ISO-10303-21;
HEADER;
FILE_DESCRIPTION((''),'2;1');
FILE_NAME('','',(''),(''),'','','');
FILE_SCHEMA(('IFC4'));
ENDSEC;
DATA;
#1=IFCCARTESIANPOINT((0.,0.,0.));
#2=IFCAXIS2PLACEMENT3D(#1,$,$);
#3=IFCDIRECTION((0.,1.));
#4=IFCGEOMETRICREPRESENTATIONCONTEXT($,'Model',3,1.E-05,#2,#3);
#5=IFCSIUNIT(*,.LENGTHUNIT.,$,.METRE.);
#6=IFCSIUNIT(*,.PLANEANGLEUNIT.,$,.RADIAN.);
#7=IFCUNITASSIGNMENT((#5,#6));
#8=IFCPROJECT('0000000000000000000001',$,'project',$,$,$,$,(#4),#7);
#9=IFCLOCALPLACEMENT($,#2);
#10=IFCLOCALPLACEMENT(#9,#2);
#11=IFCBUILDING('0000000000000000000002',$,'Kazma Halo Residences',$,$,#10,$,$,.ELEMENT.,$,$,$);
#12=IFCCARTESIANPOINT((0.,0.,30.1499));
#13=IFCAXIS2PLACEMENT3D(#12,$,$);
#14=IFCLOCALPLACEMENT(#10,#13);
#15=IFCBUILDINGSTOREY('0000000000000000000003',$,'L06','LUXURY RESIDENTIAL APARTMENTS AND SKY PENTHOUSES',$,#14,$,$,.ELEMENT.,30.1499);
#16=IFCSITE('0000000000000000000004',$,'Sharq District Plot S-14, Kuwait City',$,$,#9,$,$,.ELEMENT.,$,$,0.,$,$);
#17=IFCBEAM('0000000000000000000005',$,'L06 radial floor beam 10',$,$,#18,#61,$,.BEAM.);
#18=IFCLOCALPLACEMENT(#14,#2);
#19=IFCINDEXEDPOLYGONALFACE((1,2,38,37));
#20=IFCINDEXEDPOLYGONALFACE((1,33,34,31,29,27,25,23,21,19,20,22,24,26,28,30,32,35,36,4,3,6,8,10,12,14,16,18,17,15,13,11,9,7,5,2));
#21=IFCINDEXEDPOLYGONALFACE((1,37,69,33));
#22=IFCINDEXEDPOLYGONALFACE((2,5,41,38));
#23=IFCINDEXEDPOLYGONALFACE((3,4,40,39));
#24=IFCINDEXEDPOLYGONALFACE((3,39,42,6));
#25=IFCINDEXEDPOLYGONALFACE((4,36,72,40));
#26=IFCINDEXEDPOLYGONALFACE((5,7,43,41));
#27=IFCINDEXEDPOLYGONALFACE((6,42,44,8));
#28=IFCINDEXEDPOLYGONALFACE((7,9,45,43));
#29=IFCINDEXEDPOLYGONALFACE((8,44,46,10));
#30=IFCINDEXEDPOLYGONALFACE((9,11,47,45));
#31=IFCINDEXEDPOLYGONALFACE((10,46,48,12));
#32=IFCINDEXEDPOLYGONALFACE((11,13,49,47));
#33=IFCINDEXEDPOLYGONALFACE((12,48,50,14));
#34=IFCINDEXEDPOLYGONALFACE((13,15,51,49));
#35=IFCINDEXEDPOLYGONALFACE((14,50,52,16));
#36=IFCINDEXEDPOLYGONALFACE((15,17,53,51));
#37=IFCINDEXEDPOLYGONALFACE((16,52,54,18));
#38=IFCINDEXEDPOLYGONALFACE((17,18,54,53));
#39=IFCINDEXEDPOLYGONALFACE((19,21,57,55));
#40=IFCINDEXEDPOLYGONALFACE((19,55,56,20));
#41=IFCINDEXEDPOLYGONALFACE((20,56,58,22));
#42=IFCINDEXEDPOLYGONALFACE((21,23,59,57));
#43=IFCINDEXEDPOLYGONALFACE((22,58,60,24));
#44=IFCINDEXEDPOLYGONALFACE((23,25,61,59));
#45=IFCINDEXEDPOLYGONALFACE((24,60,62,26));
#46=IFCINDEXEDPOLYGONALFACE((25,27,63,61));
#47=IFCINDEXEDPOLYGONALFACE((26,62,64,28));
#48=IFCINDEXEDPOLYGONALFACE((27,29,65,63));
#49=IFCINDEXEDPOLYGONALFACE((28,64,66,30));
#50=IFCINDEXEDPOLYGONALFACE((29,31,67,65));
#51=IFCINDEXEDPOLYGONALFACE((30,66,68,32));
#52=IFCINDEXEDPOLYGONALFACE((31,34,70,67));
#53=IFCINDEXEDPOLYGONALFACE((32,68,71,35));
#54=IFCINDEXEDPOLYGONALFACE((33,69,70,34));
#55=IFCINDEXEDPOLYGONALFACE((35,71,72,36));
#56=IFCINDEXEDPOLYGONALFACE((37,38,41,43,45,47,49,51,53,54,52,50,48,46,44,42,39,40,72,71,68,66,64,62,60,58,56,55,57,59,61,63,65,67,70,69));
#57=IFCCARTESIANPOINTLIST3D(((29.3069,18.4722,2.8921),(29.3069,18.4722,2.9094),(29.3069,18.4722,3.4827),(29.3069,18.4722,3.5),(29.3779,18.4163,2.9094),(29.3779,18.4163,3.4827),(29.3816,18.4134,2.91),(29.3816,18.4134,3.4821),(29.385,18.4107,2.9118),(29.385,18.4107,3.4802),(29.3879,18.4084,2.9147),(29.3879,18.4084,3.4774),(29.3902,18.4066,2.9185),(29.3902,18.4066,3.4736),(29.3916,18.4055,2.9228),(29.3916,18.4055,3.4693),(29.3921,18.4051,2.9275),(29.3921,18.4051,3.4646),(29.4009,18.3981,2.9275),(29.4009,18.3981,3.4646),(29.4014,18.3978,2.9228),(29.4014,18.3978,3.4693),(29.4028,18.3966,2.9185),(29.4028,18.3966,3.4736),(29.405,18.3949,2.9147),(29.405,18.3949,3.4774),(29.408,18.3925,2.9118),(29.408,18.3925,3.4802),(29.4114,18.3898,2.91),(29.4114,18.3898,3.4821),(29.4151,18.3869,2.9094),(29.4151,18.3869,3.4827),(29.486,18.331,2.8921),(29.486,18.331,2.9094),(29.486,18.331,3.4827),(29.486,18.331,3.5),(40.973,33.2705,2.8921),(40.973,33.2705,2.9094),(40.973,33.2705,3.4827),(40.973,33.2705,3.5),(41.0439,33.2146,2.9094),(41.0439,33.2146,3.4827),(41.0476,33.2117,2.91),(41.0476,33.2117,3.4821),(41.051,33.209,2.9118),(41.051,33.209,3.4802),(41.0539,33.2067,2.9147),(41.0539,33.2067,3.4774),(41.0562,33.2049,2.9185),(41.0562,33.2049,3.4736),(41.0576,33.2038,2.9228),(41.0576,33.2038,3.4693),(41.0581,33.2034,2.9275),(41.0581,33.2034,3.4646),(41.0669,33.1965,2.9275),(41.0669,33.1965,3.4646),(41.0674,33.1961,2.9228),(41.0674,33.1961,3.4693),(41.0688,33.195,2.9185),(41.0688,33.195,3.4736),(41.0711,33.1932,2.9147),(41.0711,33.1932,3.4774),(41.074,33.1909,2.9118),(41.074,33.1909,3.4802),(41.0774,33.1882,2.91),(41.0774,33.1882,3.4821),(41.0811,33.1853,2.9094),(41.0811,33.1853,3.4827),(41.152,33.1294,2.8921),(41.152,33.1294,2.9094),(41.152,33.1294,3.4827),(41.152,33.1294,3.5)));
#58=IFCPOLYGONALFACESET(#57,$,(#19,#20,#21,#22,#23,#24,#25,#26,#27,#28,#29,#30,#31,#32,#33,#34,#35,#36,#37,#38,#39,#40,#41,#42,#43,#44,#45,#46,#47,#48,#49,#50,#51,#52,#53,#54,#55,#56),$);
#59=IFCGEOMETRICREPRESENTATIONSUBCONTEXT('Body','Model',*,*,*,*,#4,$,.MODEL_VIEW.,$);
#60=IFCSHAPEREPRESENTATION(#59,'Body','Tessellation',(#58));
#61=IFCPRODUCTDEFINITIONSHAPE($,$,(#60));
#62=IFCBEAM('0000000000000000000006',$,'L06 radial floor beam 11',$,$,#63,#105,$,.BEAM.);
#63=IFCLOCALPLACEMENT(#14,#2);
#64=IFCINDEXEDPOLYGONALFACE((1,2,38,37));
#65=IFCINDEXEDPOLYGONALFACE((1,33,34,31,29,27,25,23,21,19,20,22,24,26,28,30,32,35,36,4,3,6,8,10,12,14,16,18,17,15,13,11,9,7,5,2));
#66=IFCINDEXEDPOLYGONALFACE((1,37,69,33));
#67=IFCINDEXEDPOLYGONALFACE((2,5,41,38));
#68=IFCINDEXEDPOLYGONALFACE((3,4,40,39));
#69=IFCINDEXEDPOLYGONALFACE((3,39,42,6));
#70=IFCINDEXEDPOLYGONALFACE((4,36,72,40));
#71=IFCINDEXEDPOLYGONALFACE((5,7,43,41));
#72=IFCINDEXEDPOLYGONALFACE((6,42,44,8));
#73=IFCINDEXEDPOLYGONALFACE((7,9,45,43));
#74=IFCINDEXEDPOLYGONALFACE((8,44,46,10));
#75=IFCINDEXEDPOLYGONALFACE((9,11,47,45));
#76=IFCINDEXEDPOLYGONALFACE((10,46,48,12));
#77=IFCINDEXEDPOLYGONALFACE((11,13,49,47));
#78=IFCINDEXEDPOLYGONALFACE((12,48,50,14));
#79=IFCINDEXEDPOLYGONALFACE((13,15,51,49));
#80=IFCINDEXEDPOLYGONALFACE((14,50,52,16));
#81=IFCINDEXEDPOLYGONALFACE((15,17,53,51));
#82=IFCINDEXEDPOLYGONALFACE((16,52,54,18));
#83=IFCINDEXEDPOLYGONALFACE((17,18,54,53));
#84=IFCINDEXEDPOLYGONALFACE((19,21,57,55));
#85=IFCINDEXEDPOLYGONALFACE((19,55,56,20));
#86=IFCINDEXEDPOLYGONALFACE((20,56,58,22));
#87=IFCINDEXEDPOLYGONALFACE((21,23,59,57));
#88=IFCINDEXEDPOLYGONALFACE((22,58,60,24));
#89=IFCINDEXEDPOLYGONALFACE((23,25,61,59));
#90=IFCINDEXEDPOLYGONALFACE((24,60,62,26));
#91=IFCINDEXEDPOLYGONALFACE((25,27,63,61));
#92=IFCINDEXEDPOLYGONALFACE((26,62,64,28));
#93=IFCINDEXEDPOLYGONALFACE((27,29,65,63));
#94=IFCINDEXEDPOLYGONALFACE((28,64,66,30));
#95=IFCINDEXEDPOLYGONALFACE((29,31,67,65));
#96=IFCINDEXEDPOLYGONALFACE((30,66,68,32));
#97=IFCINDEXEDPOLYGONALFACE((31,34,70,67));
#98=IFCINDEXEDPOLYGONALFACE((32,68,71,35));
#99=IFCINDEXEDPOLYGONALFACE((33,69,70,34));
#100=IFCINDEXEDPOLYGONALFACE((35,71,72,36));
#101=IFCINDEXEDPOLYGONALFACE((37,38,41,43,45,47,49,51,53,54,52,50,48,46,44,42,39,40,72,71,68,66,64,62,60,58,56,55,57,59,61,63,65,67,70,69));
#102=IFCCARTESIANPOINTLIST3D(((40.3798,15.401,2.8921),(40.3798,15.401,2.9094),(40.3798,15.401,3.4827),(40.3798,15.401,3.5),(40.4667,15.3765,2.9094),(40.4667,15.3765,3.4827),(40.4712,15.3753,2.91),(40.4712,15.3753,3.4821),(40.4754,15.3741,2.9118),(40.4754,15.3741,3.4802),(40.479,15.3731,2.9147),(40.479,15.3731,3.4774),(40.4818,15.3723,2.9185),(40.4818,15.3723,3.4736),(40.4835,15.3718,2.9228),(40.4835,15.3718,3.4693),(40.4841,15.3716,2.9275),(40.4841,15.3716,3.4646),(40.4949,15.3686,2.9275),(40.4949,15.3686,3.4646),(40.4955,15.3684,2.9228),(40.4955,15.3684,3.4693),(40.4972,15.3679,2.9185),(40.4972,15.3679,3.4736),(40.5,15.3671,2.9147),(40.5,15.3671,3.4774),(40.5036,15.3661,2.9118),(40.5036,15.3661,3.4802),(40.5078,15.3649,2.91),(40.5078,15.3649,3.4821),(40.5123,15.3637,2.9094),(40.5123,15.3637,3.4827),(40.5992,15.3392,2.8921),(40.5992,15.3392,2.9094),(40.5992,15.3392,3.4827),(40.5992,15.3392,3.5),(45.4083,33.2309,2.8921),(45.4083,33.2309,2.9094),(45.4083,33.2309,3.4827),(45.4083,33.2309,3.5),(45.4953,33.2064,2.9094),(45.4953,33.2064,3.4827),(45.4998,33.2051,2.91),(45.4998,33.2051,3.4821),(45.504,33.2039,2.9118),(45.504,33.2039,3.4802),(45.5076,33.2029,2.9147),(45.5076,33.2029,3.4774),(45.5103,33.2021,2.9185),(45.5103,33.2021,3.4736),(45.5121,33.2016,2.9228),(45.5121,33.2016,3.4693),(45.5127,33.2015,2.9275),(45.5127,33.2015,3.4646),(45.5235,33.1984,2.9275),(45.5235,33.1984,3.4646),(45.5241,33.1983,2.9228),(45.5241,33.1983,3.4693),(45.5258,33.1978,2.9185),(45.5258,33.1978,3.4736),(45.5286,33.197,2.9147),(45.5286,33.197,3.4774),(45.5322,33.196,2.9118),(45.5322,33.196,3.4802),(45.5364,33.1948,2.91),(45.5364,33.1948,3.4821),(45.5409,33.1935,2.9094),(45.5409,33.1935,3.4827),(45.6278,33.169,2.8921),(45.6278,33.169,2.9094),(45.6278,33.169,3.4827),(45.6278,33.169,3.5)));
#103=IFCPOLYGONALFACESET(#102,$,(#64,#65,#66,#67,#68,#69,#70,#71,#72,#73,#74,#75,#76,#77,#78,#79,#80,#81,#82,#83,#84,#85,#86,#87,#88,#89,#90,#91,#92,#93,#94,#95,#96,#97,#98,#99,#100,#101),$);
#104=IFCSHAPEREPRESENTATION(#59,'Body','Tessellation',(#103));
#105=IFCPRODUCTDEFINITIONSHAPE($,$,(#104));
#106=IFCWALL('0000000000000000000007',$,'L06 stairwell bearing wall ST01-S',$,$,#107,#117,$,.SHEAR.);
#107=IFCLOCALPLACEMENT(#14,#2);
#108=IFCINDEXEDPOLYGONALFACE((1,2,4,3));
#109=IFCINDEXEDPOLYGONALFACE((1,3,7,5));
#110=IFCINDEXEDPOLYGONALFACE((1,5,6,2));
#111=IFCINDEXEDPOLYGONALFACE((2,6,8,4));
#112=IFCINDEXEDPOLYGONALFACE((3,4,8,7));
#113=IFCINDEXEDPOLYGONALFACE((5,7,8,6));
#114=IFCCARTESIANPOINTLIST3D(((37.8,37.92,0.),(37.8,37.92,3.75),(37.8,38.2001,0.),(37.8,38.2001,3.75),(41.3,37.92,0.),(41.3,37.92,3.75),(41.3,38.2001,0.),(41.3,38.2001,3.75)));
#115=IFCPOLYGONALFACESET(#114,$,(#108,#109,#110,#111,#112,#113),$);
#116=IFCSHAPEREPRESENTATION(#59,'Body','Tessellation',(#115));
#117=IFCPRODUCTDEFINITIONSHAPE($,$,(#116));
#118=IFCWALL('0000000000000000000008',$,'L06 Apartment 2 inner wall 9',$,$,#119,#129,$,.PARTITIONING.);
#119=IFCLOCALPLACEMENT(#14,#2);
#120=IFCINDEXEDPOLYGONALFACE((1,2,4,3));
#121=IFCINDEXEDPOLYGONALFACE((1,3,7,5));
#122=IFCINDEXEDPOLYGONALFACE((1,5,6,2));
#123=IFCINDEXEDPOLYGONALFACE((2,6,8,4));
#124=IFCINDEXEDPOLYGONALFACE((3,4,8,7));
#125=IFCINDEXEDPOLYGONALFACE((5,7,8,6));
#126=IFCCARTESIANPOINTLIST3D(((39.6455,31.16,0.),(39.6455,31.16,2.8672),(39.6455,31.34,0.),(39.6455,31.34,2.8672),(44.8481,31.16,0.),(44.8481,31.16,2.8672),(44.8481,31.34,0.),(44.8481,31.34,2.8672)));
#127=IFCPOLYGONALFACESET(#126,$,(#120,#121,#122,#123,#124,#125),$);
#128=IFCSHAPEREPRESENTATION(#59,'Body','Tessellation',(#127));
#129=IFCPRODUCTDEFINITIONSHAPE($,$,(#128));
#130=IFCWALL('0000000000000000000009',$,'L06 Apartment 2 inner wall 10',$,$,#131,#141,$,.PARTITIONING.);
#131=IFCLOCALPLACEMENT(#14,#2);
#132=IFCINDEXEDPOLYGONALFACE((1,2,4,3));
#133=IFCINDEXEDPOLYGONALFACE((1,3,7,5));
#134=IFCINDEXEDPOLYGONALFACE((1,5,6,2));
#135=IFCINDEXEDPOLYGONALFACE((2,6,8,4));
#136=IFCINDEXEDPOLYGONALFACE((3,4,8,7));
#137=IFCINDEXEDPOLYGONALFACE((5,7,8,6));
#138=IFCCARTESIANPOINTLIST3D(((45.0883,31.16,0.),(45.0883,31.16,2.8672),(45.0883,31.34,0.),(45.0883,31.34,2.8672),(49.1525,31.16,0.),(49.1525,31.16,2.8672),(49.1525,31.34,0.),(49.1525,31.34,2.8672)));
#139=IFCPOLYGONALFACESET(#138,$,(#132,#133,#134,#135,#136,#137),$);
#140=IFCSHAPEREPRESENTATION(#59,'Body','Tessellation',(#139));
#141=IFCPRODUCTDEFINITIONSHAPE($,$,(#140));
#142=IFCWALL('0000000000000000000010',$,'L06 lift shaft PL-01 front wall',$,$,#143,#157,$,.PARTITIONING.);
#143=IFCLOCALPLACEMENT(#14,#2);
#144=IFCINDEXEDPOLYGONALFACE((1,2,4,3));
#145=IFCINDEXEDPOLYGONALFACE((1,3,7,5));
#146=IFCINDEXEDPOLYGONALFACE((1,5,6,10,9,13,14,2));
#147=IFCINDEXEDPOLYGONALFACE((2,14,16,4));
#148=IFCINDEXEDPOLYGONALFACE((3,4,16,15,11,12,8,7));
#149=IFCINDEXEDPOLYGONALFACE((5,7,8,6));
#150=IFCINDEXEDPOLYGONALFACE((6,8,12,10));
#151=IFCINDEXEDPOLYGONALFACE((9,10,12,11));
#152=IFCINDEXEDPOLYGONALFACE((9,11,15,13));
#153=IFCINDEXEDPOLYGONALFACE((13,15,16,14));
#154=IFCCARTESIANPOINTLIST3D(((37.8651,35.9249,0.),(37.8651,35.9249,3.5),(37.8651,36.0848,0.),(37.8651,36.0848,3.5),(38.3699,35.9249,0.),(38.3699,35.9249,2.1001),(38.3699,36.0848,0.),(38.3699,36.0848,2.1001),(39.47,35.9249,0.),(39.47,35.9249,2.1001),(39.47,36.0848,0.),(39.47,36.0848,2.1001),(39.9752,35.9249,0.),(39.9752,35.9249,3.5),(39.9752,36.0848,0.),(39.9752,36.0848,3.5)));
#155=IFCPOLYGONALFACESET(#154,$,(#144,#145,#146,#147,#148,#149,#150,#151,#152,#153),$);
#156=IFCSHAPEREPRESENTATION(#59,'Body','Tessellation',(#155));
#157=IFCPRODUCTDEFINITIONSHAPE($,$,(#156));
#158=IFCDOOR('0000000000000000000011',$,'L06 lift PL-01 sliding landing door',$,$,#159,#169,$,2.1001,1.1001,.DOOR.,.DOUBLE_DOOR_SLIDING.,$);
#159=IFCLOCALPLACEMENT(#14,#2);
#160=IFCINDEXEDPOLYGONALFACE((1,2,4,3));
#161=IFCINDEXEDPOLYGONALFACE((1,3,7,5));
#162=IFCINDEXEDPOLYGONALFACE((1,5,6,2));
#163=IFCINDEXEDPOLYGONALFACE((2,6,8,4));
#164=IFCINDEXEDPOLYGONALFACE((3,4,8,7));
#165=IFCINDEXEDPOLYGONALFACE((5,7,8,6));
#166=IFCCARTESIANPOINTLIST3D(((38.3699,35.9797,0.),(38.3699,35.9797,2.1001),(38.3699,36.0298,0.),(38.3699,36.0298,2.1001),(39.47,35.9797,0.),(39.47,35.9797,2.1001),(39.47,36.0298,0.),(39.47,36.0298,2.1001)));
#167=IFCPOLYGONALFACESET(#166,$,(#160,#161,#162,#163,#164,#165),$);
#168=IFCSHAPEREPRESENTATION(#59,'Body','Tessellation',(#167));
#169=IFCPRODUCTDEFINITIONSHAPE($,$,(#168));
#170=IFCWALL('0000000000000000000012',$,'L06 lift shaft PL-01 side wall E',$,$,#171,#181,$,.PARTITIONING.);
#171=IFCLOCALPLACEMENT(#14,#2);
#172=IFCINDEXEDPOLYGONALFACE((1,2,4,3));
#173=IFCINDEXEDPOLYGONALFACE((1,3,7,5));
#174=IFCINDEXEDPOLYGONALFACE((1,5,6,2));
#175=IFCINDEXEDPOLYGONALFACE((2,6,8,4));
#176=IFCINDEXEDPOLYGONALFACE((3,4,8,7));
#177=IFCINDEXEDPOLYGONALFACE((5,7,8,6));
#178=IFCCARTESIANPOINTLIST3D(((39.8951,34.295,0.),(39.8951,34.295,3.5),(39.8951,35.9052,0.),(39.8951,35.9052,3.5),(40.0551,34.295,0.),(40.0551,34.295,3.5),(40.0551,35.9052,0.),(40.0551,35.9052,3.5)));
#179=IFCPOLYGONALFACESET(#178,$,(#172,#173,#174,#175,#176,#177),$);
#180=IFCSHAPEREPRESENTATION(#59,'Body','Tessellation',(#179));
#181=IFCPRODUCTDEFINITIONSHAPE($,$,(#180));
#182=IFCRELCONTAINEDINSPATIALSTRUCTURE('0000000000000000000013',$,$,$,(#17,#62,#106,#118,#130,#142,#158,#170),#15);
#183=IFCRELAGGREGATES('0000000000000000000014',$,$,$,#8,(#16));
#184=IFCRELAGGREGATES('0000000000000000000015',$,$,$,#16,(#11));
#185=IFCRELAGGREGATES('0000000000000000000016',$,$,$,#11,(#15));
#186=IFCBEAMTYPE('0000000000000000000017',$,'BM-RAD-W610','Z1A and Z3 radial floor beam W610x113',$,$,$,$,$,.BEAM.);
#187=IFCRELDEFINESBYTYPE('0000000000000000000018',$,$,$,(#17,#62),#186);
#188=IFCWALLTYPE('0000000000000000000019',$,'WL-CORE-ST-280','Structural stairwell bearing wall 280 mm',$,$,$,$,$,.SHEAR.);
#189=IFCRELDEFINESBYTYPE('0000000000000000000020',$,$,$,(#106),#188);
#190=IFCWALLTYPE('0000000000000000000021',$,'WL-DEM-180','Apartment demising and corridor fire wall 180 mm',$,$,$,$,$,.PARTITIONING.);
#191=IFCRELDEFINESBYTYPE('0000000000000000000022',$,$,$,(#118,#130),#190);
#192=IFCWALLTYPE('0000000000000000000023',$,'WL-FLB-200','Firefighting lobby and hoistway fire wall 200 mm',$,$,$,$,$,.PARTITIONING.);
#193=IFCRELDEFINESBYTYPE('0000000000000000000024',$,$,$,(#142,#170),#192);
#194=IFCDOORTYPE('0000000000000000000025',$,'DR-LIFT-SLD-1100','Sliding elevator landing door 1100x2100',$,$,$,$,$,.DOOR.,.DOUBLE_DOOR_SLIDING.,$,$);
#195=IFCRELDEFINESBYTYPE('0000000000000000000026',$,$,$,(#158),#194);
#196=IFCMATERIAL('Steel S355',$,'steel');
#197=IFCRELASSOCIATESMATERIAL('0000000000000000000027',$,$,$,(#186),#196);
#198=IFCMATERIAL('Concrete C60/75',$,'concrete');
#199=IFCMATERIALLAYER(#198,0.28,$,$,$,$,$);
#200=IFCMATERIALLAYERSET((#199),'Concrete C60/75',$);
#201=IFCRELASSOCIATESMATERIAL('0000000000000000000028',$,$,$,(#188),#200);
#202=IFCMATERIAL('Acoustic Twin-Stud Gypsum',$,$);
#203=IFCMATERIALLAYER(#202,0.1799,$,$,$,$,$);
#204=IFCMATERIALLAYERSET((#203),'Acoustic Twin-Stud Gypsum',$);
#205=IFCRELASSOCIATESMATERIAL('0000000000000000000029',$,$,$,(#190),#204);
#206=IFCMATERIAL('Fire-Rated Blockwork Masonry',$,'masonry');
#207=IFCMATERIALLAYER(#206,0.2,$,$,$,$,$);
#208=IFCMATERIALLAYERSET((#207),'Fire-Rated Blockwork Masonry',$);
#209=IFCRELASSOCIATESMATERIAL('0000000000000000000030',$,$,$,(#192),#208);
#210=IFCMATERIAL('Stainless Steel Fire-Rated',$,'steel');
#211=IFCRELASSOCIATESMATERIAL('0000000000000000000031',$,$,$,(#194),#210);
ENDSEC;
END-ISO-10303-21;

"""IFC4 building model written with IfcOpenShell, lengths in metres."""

from ifc_helpers import new_model, si_unit, direction, frame, frame_2d, origin, origin_2d, place, context, subcontext, project, spatial, rectangle, i_section, extrude, material, layer, layer_set, material_profile, profile_set, type_object, element, fill, save


model = new_model("IFC4")

# Units and contexts
model_context = context("Model", 3, precision=1e-05, world=origin(), true_north=direction((0.0, 1.0)))
body_context = subcontext(model_context, "Body", "Model", "MODEL_VIEW")
ifc_project = project(units=[si_unit("LENGTHUNIT", "METRE"), si_unit("PLANEANGLEUNIT", "RADIAN")], contexts=[model_context])

# Site, building, storey
site_placement = place(None, origin())
site = spatial("IfcSite", under=ifc_project, at=site_placement, Name="Sharq District Plot S-14, Kuwait City", CompositionType="ELEMENT", RefElevation=0.0)
building_placement = place(site_placement, origin())
building = spatial("IfcBuilding", under=site, at=building_placement, Name="Kazma Halo Residences", CompositionType="ELEMENT")
storey_placement = place(building_placement, frame((0.0, 0.0, 30.1499)))
storey = spatial("IfcBuildingStorey", under=building, at=storey_placement, Name="L06", Description="LUXURY RESIDENTIAL APARTMENTS AND SKY PENTHOUSES", CompositionType="ELEMENT", Elevation=30.1499)

# Beams
ifc_material_1 = material(Name="Steel S355", Category="steel")
ifc_material_profile = material_profile(ifc_material_1, i_section(OverallWidth=0.228, OverallDepth=0.6079, WebThickness=0.0112, FlangeThickness=0.0173, FilletRadius=0.0181, at=origin_2d()), Name="W610x113")
ifc_profile_set = profile_set([ifc_material_profile], Name="Steel S355")
beam_type = type_object("IfcBeamType", Name="BM-RAD-W610", Description="Z1A and Z3 radial floor beam W610x113", PredefinedType="BEAM", material=ifc_profile_set)
beam_1_placement = place(storey_placement, frame((41.0625, 33.2, 3.196), z_axis=(-0.619092, -0.785318, 0.0), x_axis=(0.785318, -0.619092, 0.0)))
element("IfcBeam", 1, at=beam_1_placement, inside=storey, type_object=beam_type, Name="L06 radial floor beam 10", PredefinedType="BEAM", context=body_context, shape_type="SweptSolid", body=[
    extrude(i_section(OverallWidth=0.228, OverallDepth=0.6079, WebThickness=0.0112, FlangeThickness=0.0173, FilletRadius=0.0181, at=origin_2d()), origin(), (0.0, 0.0, 1.0), 18.8438),
])
beam_2_placement = place(storey_placement, frame((45.5181, 33.2, 3.196), z_axis=(-0.271442, -0.962455, 0.0), x_axis=(0.962455, -0.271442, 0.0)))
element("IfcBeam", 2, at=beam_2_placement, inside=storey, type_object=beam_type, Name="L06 radial floor beam 11", PredefinedType="BEAM", context=body_context, shape_type="SweptSolid", body=[
    extrude(i_section(OverallWidth=0.228, OverallDepth=0.6079, WebThickness=0.0112, FlangeThickness=0.0173, FilletRadius=0.0181, at=origin_2d()), origin(), (0.0, 0.0, 1.0), 18.5254),
])

# Walls
ifc_material_2 = material(Name="Concrete C60/75", Category="concrete")
ifc_layer_1 = layer(ifc_material_2, 0.28)
ifc_layer_set_1 = layer_set([ifc_layer_1], Name="Concrete C60/75")
wall_type_1 = type_object("IfcWallType", Name="WL-CORE-ST-280", Description="Structural stairwell bearing wall 280 mm", PredefinedType="SHEAR", material=ifc_layer_set_1)
wall_1_placement = place(storey_placement, frame((37.8, 38.0601, 0.0), z_axis=(0.0, 0.0, 1.0), x_axis=(1.0, 0.0, 0.0)))
element("IfcWall", 3, at=wall_1_placement, inside=storey, type_object=wall_type_1, Name="L06 stairwell bearing wall ST01-S", PredefinedType="SHEAR", context=body_context, shape_type="SweptSolid", body=[
    extrude(rectangle(XDim=3.5, YDim=0.28, at=frame_2d((1.75, 0.0))), origin(), (0.0, 0.0, 1.0), 3.75),
])
ifc_material_3 = material(Name="Acoustic Twin-Stud Gypsum")
ifc_layer_2 = layer(ifc_material_3, 0.1799)
ifc_layer_set_2 = layer_set([ifc_layer_2], Name="Acoustic Twin-Stud Gypsum")
wall_type_2 = type_object("IfcWallType", Name="WL-DEM-180", Description="Apartment demising and corridor fire wall 180 mm", PredefinedType="PARTITIONING", material=ifc_layer_set_2)
wall_2_placement = place(storey_placement, frame((39.6455, 31.25, 0.0), z_axis=(0.0, 0.0, 1.0), x_axis=(1.0, 0.0, 0.0)))
element("IfcWall", 4, at=wall_2_placement, inside=storey, type_object=wall_type_2, Name="L06 Apartment 2 inner wall 9", PredefinedType="PARTITIONING", context=body_context, shape_type="SweptSolid", body=[
    extrude(rectangle(XDim=5.2026, YDim=0.1799, at=frame_2d((2.6013, 0.0))), origin(), (0.0, 0.0, 1.0), 2.8672),
])
wall_3_placement = place(storey_placement, frame((45.0881, 31.25, 0.0), z_axis=(0.0, 0.0, 1.0), x_axis=(1.0, 0.0, 0.0)))
element("IfcWall", 5, at=wall_3_placement, inside=storey, type_object=wall_type_2, Name="L06 Apartment 2 inner wall 10", PredefinedType="PARTITIONING", context=body_context, shape_type="SweptSolid", body=[
    extrude(rectangle(XDim=4.0642, YDim=0.1799, at=frame_2d((2.0322, 0.0))), origin(), (0.0, 0.0, 1.0), 2.8672),
])

# Wall, opening, door
ifc_material_4 = material(Name="Fire-Rated Blockwork Masonry", Category="masonry")
ifc_layer_3 = layer(ifc_material_4, 0.2)
ifc_layer_set_3 = layer_set([ifc_layer_3], Name="Fire-Rated Blockwork Masonry")
wall_type_3 = type_object("IfcWallType", Name="WL-FLB-200", Description="Firefighting lobby and hoistway fire wall 200 mm", PredefinedType="PARTITIONING", material=ifc_layer_set_3)
wall_4_placement = place(storey_placement, frame((37.865, 36.0049, 0.0), z_axis=(0.0, 0.0, 1.0), x_axis=(1.0, 0.0, 0.0)))
wall_4 = element("IfcWall", 6, at=wall_4_placement, inside=storey, type_object=wall_type_3, Name="L06 lift shaft PL-01 front wall", PredefinedType="PARTITIONING", context=body_context, shape_type="SweptSolid", body=[
    extrude(rectangle(XDim=2.1101, YDim=0.1599, at=frame_2d((1.0552, 0.0))), origin(), (0.0, 0.0, 1.0), 3.5),
])
opening_1_placement = place(wall_4_placement, frame((0.5049, 0.0, 0.0)))
opening_1 = element("IfcOpeningElement", 7, at=opening_1_placement, cuts=wall_4, PredefinedType="OPENING", context=body_context, shape_type="SweptSolid", body=[
    extrude(rectangle(XDim=1.1001, YDim=2.1001, at=frame_2d((0.55, 1.05))), frame((0.0, 0.0898, 0.0), z_axis=(0.0, -1.0, 0.0), x_axis=(1.0, 0.0, 0.0)), (0.0, 0.0, 1.0), 0.1799),
])
ifc_material_5 = material(Name="Stainless Steel Fire-Rated", Category="steel")
door_type_1 = type_object("IfcDoorType", Name="DR-LIFT-SLD-1100", Description="Sliding elevator landing door 1100x2100", OperationType="DOUBLE_DOOR_SLIDING", PredefinedType="DOOR", material=ifc_material_5)
door_1_placement = place(opening_1_placement, origin())
door_1 = element("IfcDoor", 8, at=door_1_placement, inside=storey, type_object=door_type_1, Name="L06 lift PL-01 sliding landing door", OperationType="DOUBLE_DOOR_SLIDING", OverallHeight=2.1001, OverallWidth=1.1001, PredefinedType="DOOR", context=body_context, shape_type="SweptSolid", body=[
    extrude(rectangle(XDim=1.1001, YDim=2.1001, at=frame_2d((0.55, 1.05))), frame((0.0, 0.0249, 0.0), z_axis=(0.0, -1.0, 0.0), x_axis=(1.0, 0.0, 0.0)), (0.0, 0.0, 1.0), 0.05),
])
fill(opening_1, door_1)

# Wall
wall_5_placement = place(storey_placement, frame((39.9751, 34.2949, 0.0), z_axis=(0.0, 0.0, 1.0), x_axis=(0.0, 1.0, 0.0)))
element("IfcWall", 9, at=wall_5_placement, inside=storey, type_object=wall_type_3, Name="L06 lift shaft PL-01 side wall E", PredefinedType="PARTITIONING", context=body_context, shape_type="SweptSolid", body=[
    extrude(rectangle(XDim=1.6101, YDim=0.1599, at=frame_2d((0.8052, 0.0))), origin(), (0.0, 0.0, 1.0), 3.5),
])

save(model, "model.ifc")
